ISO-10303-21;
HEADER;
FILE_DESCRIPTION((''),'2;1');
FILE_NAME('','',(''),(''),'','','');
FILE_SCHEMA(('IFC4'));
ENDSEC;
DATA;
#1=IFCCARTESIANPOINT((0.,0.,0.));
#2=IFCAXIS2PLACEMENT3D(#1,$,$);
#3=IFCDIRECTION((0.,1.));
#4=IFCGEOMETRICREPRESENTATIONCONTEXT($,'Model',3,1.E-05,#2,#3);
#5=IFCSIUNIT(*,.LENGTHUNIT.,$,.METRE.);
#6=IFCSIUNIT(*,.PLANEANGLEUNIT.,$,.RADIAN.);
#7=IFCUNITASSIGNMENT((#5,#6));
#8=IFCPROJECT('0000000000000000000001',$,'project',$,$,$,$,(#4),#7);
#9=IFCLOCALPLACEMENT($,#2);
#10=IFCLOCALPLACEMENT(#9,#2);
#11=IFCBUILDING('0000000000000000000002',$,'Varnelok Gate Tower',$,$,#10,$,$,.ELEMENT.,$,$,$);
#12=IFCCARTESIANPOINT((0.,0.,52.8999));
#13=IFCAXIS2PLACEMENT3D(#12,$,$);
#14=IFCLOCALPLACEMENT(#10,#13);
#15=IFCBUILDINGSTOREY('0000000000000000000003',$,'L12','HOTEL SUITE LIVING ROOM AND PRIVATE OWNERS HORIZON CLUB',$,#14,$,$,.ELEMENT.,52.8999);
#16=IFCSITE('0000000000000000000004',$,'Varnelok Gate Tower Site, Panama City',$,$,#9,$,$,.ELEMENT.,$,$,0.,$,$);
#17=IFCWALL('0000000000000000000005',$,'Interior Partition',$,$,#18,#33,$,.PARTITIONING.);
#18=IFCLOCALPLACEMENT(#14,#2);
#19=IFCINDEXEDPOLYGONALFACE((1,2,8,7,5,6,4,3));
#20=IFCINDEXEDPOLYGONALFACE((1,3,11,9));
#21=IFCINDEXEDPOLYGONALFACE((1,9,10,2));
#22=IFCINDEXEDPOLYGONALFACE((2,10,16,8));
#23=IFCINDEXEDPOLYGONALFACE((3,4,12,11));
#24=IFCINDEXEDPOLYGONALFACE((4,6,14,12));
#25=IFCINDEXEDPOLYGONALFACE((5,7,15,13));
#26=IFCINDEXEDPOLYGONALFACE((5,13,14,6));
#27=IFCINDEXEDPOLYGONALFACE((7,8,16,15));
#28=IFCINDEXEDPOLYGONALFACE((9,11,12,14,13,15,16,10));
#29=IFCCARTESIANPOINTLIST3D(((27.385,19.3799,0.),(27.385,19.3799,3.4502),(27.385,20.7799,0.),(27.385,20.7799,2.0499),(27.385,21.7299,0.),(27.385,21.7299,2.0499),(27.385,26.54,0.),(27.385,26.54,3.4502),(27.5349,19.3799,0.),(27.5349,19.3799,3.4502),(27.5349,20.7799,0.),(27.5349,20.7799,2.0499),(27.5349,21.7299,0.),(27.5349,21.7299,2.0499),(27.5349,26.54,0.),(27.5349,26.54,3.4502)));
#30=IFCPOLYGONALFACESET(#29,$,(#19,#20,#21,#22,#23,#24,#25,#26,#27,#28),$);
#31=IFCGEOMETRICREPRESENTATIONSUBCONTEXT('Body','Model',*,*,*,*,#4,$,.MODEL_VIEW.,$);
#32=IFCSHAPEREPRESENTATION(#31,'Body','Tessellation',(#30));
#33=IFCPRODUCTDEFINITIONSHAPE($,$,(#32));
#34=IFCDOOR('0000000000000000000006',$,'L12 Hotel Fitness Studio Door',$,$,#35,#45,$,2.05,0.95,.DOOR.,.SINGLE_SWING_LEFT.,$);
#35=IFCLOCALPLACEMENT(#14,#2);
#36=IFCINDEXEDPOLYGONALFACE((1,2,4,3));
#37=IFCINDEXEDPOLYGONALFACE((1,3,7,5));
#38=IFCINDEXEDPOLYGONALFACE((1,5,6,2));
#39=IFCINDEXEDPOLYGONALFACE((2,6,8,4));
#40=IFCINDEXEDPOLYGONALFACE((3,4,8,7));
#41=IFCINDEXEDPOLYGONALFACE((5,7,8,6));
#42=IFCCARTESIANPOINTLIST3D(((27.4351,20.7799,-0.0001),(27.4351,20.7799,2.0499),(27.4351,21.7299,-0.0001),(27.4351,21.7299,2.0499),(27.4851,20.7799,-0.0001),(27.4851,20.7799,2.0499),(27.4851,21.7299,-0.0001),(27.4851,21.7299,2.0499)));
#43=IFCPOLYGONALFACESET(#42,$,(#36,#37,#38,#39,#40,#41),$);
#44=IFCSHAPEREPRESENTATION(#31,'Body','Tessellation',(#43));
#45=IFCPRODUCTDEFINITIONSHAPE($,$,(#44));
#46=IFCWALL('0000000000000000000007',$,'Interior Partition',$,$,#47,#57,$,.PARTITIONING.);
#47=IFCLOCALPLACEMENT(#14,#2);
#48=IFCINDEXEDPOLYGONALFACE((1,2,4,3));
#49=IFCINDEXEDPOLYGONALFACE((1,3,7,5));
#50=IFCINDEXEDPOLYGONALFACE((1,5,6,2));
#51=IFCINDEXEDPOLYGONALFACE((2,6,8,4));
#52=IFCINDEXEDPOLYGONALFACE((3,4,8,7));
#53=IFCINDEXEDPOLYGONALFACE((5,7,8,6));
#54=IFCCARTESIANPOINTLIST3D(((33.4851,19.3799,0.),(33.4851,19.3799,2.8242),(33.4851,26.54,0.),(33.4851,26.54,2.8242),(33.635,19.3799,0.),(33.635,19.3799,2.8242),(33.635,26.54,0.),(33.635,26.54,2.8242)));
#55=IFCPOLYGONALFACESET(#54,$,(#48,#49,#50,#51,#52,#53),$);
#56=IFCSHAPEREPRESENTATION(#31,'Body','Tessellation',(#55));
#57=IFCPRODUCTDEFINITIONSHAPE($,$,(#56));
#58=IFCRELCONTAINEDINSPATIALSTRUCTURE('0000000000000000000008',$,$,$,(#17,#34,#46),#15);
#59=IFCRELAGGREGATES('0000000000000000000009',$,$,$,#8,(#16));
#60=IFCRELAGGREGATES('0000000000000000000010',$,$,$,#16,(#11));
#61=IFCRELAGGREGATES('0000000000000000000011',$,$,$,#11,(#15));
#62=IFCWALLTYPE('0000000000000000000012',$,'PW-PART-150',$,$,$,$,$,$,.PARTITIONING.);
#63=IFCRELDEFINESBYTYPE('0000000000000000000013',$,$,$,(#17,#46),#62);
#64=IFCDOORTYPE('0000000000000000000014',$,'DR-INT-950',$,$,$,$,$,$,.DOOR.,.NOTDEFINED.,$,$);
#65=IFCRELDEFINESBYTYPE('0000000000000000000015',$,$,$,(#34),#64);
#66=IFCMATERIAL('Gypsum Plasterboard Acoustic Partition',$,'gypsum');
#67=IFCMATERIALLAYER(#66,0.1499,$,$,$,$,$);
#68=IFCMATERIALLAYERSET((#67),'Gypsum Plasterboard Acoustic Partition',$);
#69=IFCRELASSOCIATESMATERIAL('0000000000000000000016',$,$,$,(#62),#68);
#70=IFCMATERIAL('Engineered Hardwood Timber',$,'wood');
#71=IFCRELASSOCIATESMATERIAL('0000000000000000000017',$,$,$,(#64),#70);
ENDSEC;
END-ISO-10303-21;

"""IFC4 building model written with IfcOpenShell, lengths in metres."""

from ifc_helpers import new_model, si_unit, direction, frame, frame_2d, origin, place, context, subcontext, project, spatial, rectangle, extrude, material, layer, layer_set, type_object, element, fill, save


model = new_model("IFC4")

# Units and contexts
model_context = context("Model", 3, precision=1e-05, world=origin(), true_north=direction((0.0, 1.0)))
body_context = subcontext(model_context, "Body", "Model", "MODEL_VIEW")
ifc_project = project(units=[si_unit("LENGTHUNIT", "METRE"), si_unit("PLANEANGLEUNIT", "RADIAN")], contexts=[model_context])

# Site, building, storey
site_placement = place(None, origin())
site = spatial("IfcSite", under=ifc_project, at=site_placement, Name="Varnelok Gate Tower Site, Panama City", CompositionType="ELEMENT", RefElevation=0.0)
building_placement = place(site_placement, origin())
building = spatial("IfcBuilding", under=site, at=building_placement, Name="Varnelok Gate Tower", CompositionType="ELEMENT")
storey_placement = place(building_placement, frame((0.0, 0.0, 52.8999)))
storey = spatial("IfcBuildingStorey", under=building, at=storey_placement, Name="L12", Description="HOTEL SUITE LIVING ROOM AND PRIVATE OWNERS HORIZON CLUB", CompositionType="ELEMENT", Elevation=52.8999)

# Shared definitions
ifc_material_1 = material(Name="Gypsum Plasterboard Acoustic Partition", Category="gypsum")
ifc_material_2 = material(Name="Engineered Hardwood Timber", Category="wood")

# Shared definitions
ifc_layer_1 = layer(ifc_material_1, 0.1499)
ifc_layer_set_1 = layer_set([ifc_layer_1], Name="Gypsum Plasterboard Acoustic Partition")
wall_type_1 = type_object("IfcWallType", Name="PW-PART-150", PredefinedType="PARTITIONING", material=ifc_layer_set_1)

# Wall, opening, door
wall_1_placement = place(storey_placement, frame((27.46, 19.3799, 0.0), z_axis=(0.0, 0.0, 1.0), x_axis=(0.0, 1.0, 0.0)))
wall_1 = element("IfcWall", 1, at=wall_1_placement, inside=storey, type_object=wall_type_1, Name="Interior Partition", PredefinedType="PARTITIONING", context=body_context, shape_type="SweptSolid", body=[
    extrude(rectangle(XDim=7.1602, YDim=0.1499, at=frame_2d((3.5801, 0.0))), origin(), (0.0, 0.0, 1.0), 3.4502),
])
opening_1_placement = place(wall_1_placement, frame((1.3999, 0.0, 0.0)))
opening_1 = element("IfcOpeningElement", 2, at=opening_1_placement, cuts=wall_1, PredefinedType="OPENING", context=body_context, shape_type="SweptSolid", body=[
    extrude(rectangle(XDim=0.95, YDim=2.05, at=frame_2d((0.4751, 1.0249))), frame((0.0, 0.085, 0.0), z_axis=(0.0, -1.0, 0.0), x_axis=(1.0, 0.0, 0.0)), (0.0, 0.0, 1.0), 0.1699),
])
door_type_1 = type_object("IfcDoorType", Name="DR-INT-950", OperationType="NOTDEFINED", PredefinedType="DOOR", material=ifc_material_2)
door_1_placement = place(opening_1_placement, origin())
door_1 = element("IfcDoor", 3, at=door_1_placement, inside=storey, type_object=door_type_1, Name="L12 Hotel Fitness Studio Door", OperationType="SINGLE_SWING_LEFT", OverallHeight=2.05, OverallWidth=0.95, PredefinedType="DOOR", context=body_context, shape_type="SweptSolid", body=[
    extrude(rectangle(XDim=0.95, YDim=2.05, at=frame_2d((0.4751, 1.0249))), frame((0.0, 0.0249, 0.0), z_axis=(0.0, -1.0, 0.0), x_axis=(1.0, 0.0, 0.0)), (0.0, 0.0, 1.0), 0.05),
])
fill(opening_1, door_1)

# Wall
wall_2_placement = place(storey_placement, frame((33.5601, 19.3799, 0.0), z_axis=(0.0, 0.0, 1.0), x_axis=(0.0, 1.0, 0.0)))
element("IfcWall", 4, at=wall_2_placement, inside=storey, type_object=wall_type_1, Name="Interior Partition", PredefinedType="PARTITIONING", context=body_context, shape_type="SweptSolid", body=[
    extrude(rectangle(XDim=7.1602, YDim=0.1499, at=frame_2d((3.5801, 0.0))), origin(), (0.0, 0.0, 1.0), 2.8242),
])

save(model, "model.ifc")
